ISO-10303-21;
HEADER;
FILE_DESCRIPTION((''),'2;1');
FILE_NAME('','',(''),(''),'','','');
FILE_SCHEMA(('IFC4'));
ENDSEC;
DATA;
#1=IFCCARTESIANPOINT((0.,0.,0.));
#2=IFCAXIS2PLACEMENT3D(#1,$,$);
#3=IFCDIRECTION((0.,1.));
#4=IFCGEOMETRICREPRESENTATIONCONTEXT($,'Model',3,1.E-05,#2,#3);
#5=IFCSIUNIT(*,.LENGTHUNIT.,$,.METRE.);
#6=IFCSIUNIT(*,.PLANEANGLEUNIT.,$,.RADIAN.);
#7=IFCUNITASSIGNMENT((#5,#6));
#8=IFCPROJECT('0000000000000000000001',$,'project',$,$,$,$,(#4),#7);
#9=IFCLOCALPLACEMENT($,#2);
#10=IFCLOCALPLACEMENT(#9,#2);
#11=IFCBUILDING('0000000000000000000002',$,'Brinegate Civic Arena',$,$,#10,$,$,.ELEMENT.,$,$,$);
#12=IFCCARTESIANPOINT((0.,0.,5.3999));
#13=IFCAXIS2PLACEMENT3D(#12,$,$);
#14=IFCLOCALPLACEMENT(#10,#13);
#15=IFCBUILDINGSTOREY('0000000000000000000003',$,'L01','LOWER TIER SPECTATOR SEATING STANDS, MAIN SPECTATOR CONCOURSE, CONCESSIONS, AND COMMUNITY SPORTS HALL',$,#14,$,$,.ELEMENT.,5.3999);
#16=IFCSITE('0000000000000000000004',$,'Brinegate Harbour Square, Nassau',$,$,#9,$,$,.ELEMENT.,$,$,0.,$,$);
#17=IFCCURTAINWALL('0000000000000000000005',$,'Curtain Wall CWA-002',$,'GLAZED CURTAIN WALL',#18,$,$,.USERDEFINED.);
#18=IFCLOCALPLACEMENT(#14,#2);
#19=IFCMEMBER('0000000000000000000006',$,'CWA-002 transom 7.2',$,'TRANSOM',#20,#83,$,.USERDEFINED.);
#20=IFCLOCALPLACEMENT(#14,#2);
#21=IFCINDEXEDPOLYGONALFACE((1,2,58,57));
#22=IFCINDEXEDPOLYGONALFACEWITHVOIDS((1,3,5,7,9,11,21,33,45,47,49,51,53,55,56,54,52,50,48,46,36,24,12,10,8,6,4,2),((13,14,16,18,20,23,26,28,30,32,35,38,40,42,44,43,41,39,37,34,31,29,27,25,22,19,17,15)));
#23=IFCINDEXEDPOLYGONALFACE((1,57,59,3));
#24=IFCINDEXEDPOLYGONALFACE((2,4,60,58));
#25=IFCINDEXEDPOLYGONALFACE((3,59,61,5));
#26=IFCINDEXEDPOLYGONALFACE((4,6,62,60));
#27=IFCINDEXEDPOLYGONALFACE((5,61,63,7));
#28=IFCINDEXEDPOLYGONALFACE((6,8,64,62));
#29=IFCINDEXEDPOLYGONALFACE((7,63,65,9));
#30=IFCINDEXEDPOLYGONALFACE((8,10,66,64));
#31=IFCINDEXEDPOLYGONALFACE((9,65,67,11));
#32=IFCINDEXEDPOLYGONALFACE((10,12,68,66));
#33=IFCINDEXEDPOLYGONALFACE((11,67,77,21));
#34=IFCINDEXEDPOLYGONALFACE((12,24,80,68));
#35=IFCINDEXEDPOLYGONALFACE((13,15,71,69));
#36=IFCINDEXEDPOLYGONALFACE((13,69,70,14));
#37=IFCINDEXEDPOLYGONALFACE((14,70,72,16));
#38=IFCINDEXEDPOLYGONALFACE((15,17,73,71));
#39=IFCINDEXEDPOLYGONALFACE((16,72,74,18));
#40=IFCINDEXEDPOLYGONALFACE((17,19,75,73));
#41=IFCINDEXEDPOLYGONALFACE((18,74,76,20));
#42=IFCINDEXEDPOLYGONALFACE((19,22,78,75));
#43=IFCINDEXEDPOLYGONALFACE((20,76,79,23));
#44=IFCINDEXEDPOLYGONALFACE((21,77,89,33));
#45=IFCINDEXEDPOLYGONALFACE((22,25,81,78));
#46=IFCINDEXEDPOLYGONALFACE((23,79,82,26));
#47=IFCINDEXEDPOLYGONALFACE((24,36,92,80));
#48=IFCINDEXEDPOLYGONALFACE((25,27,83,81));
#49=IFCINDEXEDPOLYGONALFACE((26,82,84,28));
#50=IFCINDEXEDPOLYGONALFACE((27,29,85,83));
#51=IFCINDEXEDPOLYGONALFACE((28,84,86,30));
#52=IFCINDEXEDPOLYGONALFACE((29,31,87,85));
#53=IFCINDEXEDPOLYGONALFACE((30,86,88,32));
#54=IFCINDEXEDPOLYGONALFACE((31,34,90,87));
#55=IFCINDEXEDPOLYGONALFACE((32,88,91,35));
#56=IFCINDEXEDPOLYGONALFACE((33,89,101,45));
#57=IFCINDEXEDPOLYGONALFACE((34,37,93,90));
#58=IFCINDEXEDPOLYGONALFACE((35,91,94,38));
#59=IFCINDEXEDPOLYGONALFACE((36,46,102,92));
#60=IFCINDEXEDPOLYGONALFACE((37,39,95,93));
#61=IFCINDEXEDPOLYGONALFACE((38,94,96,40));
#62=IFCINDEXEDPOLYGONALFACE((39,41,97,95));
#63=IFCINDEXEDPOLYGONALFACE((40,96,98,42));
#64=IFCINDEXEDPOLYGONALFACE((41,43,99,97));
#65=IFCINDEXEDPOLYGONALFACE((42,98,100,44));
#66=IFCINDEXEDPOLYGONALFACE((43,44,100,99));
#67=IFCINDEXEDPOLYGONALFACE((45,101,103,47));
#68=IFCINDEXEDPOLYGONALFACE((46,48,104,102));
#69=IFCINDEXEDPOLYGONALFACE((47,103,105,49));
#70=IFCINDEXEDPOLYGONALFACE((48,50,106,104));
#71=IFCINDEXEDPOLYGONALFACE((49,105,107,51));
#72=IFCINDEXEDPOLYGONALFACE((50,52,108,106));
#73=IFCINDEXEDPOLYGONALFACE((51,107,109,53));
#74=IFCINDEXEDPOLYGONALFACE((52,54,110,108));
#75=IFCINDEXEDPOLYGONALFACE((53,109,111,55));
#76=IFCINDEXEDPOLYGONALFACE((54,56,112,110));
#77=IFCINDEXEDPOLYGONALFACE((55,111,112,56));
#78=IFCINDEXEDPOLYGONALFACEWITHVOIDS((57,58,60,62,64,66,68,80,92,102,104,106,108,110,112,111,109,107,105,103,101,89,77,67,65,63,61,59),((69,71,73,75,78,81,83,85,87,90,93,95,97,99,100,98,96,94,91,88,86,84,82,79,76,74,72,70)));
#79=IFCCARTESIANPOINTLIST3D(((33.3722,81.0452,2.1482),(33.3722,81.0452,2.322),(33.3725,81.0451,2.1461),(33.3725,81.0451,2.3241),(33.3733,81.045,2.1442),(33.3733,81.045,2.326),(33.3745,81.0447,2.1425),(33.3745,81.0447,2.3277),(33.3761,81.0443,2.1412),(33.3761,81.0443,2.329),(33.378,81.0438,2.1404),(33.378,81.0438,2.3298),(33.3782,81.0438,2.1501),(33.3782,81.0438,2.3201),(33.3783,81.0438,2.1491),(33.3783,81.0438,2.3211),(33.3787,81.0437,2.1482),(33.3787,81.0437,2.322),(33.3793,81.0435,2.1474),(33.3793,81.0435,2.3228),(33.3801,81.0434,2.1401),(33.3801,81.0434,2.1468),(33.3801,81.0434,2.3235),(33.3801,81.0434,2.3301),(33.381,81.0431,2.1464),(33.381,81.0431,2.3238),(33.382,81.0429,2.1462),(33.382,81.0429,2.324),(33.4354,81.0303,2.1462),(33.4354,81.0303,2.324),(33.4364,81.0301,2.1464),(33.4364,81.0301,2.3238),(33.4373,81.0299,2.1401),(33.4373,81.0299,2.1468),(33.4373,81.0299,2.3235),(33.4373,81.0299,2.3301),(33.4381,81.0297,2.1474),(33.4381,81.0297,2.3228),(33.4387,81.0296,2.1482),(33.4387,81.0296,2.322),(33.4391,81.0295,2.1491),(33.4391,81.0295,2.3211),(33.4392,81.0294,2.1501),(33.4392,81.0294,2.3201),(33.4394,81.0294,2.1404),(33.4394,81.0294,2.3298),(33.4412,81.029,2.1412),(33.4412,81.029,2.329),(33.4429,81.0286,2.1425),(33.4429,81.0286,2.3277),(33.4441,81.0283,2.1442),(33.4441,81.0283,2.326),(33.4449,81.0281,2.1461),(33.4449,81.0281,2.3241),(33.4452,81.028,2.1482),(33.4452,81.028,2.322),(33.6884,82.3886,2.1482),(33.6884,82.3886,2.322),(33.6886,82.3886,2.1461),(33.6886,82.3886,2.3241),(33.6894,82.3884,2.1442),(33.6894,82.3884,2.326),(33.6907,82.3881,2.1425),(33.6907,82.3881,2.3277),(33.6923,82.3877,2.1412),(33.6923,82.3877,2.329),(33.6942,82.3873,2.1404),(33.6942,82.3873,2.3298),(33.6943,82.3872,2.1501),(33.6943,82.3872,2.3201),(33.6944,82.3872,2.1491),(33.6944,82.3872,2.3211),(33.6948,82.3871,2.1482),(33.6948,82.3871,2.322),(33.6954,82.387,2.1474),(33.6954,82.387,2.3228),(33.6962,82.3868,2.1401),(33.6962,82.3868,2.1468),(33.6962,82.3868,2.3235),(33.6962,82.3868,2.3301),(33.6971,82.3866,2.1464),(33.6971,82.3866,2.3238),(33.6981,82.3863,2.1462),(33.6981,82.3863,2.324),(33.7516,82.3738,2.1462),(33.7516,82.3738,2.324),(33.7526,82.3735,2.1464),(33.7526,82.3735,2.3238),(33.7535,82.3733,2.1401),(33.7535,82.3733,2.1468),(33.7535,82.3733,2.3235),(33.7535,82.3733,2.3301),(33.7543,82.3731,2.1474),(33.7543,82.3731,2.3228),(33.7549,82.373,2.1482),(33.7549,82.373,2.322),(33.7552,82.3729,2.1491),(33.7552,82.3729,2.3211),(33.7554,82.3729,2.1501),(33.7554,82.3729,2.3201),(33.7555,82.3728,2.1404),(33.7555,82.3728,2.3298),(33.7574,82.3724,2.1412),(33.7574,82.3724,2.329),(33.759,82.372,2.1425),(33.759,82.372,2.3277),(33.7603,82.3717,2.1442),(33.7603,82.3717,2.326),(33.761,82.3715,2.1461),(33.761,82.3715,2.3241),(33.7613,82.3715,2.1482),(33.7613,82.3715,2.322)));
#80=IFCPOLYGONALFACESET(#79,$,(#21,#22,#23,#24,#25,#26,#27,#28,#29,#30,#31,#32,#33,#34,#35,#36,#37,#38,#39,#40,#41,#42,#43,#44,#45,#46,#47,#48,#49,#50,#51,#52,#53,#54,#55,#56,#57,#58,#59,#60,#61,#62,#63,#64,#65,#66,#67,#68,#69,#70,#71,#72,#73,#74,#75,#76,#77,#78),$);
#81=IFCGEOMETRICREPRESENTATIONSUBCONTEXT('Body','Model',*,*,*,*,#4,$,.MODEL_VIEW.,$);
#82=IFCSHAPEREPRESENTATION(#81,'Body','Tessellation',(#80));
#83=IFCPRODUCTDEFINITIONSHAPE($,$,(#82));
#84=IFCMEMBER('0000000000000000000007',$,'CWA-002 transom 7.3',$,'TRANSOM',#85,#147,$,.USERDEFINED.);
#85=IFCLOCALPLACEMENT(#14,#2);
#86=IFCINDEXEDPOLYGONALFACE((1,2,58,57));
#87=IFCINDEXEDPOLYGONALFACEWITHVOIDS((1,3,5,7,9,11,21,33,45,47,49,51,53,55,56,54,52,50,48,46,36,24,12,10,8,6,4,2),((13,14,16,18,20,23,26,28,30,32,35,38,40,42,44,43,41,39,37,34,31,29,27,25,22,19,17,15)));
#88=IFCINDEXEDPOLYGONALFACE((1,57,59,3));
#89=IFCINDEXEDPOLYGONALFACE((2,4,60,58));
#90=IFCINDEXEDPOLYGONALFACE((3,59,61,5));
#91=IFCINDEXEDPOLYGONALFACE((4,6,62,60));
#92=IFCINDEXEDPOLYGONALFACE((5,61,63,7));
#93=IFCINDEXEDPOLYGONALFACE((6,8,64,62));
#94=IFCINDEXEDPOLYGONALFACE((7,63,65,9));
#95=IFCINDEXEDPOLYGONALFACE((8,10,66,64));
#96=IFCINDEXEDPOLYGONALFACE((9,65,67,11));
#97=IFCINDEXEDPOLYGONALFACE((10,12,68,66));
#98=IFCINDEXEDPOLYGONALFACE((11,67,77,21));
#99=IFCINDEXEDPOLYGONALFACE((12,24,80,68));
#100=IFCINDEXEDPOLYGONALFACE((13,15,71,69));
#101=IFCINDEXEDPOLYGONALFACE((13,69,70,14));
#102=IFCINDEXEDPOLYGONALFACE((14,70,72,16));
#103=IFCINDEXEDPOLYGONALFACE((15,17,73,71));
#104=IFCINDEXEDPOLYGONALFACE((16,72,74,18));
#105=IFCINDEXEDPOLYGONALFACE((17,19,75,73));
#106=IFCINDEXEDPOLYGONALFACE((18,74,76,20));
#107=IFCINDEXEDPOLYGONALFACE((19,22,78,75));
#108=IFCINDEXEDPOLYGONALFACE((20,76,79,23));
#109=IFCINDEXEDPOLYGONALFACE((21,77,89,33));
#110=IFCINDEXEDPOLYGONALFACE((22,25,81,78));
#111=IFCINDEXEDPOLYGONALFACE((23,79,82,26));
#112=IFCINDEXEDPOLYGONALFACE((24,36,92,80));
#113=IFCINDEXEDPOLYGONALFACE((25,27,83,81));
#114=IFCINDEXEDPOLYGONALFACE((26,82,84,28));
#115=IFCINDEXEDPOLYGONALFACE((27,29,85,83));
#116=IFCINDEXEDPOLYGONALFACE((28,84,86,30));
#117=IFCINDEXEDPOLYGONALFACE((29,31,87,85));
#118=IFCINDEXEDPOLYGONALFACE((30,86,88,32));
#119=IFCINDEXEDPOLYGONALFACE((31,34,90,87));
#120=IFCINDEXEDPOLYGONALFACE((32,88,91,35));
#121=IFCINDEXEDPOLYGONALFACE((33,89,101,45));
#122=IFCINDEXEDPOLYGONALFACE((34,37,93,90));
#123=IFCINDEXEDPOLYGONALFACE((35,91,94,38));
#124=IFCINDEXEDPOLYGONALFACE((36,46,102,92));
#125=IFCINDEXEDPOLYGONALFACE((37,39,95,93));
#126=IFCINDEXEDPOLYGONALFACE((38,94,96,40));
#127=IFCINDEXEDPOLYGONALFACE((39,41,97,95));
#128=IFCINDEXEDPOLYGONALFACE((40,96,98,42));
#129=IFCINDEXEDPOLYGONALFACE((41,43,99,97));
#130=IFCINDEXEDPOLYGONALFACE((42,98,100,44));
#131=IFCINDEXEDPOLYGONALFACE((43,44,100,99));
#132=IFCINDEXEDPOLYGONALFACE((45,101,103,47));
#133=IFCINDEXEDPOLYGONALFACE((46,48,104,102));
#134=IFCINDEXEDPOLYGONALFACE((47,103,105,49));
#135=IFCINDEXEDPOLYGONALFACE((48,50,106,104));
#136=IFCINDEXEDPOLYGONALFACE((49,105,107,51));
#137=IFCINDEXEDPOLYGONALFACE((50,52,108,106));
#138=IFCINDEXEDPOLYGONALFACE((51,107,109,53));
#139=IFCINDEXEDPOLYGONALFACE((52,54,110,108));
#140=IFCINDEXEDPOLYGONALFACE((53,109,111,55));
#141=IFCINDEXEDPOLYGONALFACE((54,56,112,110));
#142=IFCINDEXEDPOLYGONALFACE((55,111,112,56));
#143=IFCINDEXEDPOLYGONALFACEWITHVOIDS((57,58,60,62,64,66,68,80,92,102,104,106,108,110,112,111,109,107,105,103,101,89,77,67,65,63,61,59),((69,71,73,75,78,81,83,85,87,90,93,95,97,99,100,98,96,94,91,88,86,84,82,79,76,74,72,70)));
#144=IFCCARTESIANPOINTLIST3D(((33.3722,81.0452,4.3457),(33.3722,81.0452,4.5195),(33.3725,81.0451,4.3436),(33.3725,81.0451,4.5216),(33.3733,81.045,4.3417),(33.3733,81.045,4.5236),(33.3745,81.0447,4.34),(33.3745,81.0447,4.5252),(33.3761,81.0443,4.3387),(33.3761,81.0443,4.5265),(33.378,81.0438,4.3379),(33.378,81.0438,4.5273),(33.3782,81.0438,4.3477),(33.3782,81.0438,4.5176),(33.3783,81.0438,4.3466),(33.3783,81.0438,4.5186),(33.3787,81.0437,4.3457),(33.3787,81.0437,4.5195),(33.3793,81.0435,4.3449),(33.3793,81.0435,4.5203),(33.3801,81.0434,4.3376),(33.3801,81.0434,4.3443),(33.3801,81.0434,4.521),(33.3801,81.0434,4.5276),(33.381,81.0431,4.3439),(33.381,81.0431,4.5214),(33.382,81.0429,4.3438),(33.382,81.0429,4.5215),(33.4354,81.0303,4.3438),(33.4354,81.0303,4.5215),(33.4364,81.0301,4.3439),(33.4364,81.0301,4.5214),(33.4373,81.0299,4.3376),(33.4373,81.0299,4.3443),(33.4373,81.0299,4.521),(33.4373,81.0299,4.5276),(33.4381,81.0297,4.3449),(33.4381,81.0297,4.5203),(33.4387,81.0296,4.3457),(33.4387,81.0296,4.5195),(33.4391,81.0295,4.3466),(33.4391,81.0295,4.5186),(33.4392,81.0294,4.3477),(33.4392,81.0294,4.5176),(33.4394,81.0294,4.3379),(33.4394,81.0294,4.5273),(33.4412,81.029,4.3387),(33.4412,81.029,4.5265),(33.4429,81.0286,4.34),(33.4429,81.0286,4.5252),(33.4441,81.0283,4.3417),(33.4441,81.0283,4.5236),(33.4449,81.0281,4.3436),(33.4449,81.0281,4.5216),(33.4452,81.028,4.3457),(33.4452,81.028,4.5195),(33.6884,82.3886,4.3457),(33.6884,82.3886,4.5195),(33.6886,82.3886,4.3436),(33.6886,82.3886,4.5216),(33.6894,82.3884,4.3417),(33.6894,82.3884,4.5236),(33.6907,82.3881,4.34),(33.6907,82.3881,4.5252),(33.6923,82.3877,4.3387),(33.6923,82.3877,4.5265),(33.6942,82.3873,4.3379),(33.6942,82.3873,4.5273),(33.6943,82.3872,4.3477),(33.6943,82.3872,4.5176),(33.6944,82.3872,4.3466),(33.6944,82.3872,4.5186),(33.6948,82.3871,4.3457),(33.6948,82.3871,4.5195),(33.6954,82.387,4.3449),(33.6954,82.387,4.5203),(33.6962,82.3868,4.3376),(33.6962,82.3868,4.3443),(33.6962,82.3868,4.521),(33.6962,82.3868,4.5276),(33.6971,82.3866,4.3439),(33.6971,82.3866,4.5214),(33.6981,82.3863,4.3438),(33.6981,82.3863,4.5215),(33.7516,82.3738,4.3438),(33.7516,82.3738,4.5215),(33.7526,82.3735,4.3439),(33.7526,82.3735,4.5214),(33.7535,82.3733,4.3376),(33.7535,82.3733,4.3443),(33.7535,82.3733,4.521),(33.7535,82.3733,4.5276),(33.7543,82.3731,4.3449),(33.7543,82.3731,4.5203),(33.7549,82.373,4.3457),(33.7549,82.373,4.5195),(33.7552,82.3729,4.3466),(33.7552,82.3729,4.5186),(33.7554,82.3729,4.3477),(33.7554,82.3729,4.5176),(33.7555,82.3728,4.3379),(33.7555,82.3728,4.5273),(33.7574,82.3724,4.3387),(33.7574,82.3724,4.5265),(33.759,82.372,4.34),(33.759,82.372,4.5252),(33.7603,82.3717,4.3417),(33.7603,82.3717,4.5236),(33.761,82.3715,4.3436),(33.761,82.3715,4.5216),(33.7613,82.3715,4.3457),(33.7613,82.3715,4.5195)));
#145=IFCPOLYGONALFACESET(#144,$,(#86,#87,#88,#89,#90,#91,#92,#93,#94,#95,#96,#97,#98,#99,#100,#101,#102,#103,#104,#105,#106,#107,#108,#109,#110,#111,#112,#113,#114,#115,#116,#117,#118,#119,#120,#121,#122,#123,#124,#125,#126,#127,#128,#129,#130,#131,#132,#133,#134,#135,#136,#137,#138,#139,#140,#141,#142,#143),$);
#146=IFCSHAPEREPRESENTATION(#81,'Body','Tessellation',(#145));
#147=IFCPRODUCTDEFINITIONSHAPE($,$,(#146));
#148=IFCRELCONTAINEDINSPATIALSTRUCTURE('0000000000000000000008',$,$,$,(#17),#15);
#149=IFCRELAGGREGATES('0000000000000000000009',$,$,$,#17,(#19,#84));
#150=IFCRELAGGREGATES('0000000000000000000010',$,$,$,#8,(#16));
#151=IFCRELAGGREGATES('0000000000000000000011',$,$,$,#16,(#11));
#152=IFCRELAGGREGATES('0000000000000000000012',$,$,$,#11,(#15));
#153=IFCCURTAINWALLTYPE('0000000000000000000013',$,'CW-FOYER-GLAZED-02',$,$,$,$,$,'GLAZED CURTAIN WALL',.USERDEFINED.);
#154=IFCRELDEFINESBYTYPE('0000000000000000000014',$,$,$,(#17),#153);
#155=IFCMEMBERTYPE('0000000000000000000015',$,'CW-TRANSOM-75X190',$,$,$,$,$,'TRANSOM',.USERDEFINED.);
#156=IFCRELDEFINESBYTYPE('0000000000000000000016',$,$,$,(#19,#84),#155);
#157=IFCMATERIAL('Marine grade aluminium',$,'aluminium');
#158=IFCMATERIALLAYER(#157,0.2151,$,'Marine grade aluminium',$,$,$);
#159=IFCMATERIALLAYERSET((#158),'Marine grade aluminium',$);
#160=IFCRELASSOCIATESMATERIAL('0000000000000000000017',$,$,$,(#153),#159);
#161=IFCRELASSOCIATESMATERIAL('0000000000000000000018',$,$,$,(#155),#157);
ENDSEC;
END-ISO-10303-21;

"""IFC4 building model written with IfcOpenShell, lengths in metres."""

from ifc_helpers import new_model, si_unit, direction, frame, origin, origin_2d, place, context, subcontext, project, spatial, hollow_rectangle, extrude, material, layer, layer_set, material_profile, profile_set, type_object, element, aggregate, save


model = new_model("IFC4")

# Units and contexts
model_context = context("Model", 3, precision=1e-05, world=origin(), true_north=direction((0.0, 1.0)))
body_context = subcontext(model_context, "Body", "Model", "MODEL_VIEW")
ifc_project = project(units=[si_unit("LENGTHUNIT", "METRE"), si_unit("PLANEANGLEUNIT", "RADIAN")], contexts=[model_context])

# Site, building, storey
site_placement = place(None, origin())
site = spatial("IfcSite", under=ifc_project, at=site_placement, Name="Brinegate Harbour Square, Nassau", CompositionType="ELEMENT", RefElevation=0.0)
building_placement = place(site_placement, origin())
building = spatial("IfcBuilding", under=site, at=building_placement, Name="Brinegate Civic Arena", CompositionType="ELEMENT")
storey_placement = place(building_placement, frame((0.0, 0.0, 5.3999)))
storey = spatial("IfcBuildingStorey", under=building, at=storey_placement, Name="L01", Description="LOWER TIER SPECTATOR SEATING STANDS, MAIN SPECTATOR CONCOURSE, CONCESSIONS, AND COMMUNITY SPORTS HALL", CompositionType="ELEMENT", Elevation=5.3999)

# Curtain wall, members
ifc_material_1 = material(Name="Marine grade aluminium", Category="aluminium")
ifc_layer_1 = layer(ifc_material_1, 0.2151, Name="Marine grade aluminium")
ifc_layer_set_1 = layer_set([ifc_layer_1], Name="Marine grade aluminium")
curtain_wall_type = type_object("IfcCurtainWallType", Name="CW-FOYER-GLAZED-02", ElementType="GLAZED CURTAIN WALL", PredefinedType="USERDEFINED", material=ifc_layer_set_1)
curtain_wall_placement = place(storey_placement, origin())
curtain_wall = element("IfcCurtainWall", 1, at=curtain_wall_placement, inside=storey, type_object=curtain_wall_type, Name="Curtain Wall CWA-002", ObjectType="GLAZED CURTAIN WALL", PredefinedType="USERDEFINED")
ifc_material_profile_1 = material_profile(ifc_material_1, hollow_rectangle(XDim=0.075, YDim=0.1899, WallThickness=0.0061, InnerFilletRadius=0.0039, OuterFilletRadius=0.0081, at=origin_2d()), Name="TRN75X190")
ifc_profile_set_1 = profile_set([ifc_material_profile_1], Name="Marine grade aluminium")
member_type_1 = type_object("IfcMemberType", Name="CW-TRANSOM-75X190", ElementType="TRANSOM", PredefinedType="USERDEFINED", material=ifc_profile_set_1)
member_1_placement = place(storey_placement, frame((33.4087, 81.0366, 2.2351), z_axis=(0.229069, 0.97341, 0.0), x_axis=(-0.97341, 0.229069, 0.0)))
member_1 = element("IfcMember", 2, at=member_1_placement, type_object=member_type_1, Name="CWA-002 transom 7.2", ObjectType="TRANSOM", PredefinedType="USERDEFINED", context=body_context, shape_type="SweptSolid", body=[
    extrude(hollow_rectangle(XDim=0.075, YDim=0.1899, WallThickness=0.0061, InnerFilletRadius=0.0039, OuterFilletRadius=0.0081, at=origin_2d()), origin(), (0.0, 0.0, 1.0), 1.3801),
])
member_2_placement = place(storey_placement, frame((33.4087, 81.0366, 4.4326), z_axis=(0.229069, 0.97341, 0.0), x_axis=(-0.97341, 0.229069, 0.0)))
member_2 = element("IfcMember", 3, at=member_2_placement, type_object=member_type_1, Name="CWA-002 transom 7.3", ObjectType="TRANSOM", PredefinedType="USERDEFINED", context=body_context, shape_type="SweptSolid", body=[
    extrude(hollow_rectangle(XDim=0.075, YDim=0.1899, WallThickness=0.0061, InnerFilletRadius=0.0039, OuterFilletRadius=0.0081, at=origin_2d()), origin(), (0.0, 0.0, 1.0), 1.3801),
])

aggregate(curtain_wall, [member_1, member_2])

save(model, "model.ifc")
